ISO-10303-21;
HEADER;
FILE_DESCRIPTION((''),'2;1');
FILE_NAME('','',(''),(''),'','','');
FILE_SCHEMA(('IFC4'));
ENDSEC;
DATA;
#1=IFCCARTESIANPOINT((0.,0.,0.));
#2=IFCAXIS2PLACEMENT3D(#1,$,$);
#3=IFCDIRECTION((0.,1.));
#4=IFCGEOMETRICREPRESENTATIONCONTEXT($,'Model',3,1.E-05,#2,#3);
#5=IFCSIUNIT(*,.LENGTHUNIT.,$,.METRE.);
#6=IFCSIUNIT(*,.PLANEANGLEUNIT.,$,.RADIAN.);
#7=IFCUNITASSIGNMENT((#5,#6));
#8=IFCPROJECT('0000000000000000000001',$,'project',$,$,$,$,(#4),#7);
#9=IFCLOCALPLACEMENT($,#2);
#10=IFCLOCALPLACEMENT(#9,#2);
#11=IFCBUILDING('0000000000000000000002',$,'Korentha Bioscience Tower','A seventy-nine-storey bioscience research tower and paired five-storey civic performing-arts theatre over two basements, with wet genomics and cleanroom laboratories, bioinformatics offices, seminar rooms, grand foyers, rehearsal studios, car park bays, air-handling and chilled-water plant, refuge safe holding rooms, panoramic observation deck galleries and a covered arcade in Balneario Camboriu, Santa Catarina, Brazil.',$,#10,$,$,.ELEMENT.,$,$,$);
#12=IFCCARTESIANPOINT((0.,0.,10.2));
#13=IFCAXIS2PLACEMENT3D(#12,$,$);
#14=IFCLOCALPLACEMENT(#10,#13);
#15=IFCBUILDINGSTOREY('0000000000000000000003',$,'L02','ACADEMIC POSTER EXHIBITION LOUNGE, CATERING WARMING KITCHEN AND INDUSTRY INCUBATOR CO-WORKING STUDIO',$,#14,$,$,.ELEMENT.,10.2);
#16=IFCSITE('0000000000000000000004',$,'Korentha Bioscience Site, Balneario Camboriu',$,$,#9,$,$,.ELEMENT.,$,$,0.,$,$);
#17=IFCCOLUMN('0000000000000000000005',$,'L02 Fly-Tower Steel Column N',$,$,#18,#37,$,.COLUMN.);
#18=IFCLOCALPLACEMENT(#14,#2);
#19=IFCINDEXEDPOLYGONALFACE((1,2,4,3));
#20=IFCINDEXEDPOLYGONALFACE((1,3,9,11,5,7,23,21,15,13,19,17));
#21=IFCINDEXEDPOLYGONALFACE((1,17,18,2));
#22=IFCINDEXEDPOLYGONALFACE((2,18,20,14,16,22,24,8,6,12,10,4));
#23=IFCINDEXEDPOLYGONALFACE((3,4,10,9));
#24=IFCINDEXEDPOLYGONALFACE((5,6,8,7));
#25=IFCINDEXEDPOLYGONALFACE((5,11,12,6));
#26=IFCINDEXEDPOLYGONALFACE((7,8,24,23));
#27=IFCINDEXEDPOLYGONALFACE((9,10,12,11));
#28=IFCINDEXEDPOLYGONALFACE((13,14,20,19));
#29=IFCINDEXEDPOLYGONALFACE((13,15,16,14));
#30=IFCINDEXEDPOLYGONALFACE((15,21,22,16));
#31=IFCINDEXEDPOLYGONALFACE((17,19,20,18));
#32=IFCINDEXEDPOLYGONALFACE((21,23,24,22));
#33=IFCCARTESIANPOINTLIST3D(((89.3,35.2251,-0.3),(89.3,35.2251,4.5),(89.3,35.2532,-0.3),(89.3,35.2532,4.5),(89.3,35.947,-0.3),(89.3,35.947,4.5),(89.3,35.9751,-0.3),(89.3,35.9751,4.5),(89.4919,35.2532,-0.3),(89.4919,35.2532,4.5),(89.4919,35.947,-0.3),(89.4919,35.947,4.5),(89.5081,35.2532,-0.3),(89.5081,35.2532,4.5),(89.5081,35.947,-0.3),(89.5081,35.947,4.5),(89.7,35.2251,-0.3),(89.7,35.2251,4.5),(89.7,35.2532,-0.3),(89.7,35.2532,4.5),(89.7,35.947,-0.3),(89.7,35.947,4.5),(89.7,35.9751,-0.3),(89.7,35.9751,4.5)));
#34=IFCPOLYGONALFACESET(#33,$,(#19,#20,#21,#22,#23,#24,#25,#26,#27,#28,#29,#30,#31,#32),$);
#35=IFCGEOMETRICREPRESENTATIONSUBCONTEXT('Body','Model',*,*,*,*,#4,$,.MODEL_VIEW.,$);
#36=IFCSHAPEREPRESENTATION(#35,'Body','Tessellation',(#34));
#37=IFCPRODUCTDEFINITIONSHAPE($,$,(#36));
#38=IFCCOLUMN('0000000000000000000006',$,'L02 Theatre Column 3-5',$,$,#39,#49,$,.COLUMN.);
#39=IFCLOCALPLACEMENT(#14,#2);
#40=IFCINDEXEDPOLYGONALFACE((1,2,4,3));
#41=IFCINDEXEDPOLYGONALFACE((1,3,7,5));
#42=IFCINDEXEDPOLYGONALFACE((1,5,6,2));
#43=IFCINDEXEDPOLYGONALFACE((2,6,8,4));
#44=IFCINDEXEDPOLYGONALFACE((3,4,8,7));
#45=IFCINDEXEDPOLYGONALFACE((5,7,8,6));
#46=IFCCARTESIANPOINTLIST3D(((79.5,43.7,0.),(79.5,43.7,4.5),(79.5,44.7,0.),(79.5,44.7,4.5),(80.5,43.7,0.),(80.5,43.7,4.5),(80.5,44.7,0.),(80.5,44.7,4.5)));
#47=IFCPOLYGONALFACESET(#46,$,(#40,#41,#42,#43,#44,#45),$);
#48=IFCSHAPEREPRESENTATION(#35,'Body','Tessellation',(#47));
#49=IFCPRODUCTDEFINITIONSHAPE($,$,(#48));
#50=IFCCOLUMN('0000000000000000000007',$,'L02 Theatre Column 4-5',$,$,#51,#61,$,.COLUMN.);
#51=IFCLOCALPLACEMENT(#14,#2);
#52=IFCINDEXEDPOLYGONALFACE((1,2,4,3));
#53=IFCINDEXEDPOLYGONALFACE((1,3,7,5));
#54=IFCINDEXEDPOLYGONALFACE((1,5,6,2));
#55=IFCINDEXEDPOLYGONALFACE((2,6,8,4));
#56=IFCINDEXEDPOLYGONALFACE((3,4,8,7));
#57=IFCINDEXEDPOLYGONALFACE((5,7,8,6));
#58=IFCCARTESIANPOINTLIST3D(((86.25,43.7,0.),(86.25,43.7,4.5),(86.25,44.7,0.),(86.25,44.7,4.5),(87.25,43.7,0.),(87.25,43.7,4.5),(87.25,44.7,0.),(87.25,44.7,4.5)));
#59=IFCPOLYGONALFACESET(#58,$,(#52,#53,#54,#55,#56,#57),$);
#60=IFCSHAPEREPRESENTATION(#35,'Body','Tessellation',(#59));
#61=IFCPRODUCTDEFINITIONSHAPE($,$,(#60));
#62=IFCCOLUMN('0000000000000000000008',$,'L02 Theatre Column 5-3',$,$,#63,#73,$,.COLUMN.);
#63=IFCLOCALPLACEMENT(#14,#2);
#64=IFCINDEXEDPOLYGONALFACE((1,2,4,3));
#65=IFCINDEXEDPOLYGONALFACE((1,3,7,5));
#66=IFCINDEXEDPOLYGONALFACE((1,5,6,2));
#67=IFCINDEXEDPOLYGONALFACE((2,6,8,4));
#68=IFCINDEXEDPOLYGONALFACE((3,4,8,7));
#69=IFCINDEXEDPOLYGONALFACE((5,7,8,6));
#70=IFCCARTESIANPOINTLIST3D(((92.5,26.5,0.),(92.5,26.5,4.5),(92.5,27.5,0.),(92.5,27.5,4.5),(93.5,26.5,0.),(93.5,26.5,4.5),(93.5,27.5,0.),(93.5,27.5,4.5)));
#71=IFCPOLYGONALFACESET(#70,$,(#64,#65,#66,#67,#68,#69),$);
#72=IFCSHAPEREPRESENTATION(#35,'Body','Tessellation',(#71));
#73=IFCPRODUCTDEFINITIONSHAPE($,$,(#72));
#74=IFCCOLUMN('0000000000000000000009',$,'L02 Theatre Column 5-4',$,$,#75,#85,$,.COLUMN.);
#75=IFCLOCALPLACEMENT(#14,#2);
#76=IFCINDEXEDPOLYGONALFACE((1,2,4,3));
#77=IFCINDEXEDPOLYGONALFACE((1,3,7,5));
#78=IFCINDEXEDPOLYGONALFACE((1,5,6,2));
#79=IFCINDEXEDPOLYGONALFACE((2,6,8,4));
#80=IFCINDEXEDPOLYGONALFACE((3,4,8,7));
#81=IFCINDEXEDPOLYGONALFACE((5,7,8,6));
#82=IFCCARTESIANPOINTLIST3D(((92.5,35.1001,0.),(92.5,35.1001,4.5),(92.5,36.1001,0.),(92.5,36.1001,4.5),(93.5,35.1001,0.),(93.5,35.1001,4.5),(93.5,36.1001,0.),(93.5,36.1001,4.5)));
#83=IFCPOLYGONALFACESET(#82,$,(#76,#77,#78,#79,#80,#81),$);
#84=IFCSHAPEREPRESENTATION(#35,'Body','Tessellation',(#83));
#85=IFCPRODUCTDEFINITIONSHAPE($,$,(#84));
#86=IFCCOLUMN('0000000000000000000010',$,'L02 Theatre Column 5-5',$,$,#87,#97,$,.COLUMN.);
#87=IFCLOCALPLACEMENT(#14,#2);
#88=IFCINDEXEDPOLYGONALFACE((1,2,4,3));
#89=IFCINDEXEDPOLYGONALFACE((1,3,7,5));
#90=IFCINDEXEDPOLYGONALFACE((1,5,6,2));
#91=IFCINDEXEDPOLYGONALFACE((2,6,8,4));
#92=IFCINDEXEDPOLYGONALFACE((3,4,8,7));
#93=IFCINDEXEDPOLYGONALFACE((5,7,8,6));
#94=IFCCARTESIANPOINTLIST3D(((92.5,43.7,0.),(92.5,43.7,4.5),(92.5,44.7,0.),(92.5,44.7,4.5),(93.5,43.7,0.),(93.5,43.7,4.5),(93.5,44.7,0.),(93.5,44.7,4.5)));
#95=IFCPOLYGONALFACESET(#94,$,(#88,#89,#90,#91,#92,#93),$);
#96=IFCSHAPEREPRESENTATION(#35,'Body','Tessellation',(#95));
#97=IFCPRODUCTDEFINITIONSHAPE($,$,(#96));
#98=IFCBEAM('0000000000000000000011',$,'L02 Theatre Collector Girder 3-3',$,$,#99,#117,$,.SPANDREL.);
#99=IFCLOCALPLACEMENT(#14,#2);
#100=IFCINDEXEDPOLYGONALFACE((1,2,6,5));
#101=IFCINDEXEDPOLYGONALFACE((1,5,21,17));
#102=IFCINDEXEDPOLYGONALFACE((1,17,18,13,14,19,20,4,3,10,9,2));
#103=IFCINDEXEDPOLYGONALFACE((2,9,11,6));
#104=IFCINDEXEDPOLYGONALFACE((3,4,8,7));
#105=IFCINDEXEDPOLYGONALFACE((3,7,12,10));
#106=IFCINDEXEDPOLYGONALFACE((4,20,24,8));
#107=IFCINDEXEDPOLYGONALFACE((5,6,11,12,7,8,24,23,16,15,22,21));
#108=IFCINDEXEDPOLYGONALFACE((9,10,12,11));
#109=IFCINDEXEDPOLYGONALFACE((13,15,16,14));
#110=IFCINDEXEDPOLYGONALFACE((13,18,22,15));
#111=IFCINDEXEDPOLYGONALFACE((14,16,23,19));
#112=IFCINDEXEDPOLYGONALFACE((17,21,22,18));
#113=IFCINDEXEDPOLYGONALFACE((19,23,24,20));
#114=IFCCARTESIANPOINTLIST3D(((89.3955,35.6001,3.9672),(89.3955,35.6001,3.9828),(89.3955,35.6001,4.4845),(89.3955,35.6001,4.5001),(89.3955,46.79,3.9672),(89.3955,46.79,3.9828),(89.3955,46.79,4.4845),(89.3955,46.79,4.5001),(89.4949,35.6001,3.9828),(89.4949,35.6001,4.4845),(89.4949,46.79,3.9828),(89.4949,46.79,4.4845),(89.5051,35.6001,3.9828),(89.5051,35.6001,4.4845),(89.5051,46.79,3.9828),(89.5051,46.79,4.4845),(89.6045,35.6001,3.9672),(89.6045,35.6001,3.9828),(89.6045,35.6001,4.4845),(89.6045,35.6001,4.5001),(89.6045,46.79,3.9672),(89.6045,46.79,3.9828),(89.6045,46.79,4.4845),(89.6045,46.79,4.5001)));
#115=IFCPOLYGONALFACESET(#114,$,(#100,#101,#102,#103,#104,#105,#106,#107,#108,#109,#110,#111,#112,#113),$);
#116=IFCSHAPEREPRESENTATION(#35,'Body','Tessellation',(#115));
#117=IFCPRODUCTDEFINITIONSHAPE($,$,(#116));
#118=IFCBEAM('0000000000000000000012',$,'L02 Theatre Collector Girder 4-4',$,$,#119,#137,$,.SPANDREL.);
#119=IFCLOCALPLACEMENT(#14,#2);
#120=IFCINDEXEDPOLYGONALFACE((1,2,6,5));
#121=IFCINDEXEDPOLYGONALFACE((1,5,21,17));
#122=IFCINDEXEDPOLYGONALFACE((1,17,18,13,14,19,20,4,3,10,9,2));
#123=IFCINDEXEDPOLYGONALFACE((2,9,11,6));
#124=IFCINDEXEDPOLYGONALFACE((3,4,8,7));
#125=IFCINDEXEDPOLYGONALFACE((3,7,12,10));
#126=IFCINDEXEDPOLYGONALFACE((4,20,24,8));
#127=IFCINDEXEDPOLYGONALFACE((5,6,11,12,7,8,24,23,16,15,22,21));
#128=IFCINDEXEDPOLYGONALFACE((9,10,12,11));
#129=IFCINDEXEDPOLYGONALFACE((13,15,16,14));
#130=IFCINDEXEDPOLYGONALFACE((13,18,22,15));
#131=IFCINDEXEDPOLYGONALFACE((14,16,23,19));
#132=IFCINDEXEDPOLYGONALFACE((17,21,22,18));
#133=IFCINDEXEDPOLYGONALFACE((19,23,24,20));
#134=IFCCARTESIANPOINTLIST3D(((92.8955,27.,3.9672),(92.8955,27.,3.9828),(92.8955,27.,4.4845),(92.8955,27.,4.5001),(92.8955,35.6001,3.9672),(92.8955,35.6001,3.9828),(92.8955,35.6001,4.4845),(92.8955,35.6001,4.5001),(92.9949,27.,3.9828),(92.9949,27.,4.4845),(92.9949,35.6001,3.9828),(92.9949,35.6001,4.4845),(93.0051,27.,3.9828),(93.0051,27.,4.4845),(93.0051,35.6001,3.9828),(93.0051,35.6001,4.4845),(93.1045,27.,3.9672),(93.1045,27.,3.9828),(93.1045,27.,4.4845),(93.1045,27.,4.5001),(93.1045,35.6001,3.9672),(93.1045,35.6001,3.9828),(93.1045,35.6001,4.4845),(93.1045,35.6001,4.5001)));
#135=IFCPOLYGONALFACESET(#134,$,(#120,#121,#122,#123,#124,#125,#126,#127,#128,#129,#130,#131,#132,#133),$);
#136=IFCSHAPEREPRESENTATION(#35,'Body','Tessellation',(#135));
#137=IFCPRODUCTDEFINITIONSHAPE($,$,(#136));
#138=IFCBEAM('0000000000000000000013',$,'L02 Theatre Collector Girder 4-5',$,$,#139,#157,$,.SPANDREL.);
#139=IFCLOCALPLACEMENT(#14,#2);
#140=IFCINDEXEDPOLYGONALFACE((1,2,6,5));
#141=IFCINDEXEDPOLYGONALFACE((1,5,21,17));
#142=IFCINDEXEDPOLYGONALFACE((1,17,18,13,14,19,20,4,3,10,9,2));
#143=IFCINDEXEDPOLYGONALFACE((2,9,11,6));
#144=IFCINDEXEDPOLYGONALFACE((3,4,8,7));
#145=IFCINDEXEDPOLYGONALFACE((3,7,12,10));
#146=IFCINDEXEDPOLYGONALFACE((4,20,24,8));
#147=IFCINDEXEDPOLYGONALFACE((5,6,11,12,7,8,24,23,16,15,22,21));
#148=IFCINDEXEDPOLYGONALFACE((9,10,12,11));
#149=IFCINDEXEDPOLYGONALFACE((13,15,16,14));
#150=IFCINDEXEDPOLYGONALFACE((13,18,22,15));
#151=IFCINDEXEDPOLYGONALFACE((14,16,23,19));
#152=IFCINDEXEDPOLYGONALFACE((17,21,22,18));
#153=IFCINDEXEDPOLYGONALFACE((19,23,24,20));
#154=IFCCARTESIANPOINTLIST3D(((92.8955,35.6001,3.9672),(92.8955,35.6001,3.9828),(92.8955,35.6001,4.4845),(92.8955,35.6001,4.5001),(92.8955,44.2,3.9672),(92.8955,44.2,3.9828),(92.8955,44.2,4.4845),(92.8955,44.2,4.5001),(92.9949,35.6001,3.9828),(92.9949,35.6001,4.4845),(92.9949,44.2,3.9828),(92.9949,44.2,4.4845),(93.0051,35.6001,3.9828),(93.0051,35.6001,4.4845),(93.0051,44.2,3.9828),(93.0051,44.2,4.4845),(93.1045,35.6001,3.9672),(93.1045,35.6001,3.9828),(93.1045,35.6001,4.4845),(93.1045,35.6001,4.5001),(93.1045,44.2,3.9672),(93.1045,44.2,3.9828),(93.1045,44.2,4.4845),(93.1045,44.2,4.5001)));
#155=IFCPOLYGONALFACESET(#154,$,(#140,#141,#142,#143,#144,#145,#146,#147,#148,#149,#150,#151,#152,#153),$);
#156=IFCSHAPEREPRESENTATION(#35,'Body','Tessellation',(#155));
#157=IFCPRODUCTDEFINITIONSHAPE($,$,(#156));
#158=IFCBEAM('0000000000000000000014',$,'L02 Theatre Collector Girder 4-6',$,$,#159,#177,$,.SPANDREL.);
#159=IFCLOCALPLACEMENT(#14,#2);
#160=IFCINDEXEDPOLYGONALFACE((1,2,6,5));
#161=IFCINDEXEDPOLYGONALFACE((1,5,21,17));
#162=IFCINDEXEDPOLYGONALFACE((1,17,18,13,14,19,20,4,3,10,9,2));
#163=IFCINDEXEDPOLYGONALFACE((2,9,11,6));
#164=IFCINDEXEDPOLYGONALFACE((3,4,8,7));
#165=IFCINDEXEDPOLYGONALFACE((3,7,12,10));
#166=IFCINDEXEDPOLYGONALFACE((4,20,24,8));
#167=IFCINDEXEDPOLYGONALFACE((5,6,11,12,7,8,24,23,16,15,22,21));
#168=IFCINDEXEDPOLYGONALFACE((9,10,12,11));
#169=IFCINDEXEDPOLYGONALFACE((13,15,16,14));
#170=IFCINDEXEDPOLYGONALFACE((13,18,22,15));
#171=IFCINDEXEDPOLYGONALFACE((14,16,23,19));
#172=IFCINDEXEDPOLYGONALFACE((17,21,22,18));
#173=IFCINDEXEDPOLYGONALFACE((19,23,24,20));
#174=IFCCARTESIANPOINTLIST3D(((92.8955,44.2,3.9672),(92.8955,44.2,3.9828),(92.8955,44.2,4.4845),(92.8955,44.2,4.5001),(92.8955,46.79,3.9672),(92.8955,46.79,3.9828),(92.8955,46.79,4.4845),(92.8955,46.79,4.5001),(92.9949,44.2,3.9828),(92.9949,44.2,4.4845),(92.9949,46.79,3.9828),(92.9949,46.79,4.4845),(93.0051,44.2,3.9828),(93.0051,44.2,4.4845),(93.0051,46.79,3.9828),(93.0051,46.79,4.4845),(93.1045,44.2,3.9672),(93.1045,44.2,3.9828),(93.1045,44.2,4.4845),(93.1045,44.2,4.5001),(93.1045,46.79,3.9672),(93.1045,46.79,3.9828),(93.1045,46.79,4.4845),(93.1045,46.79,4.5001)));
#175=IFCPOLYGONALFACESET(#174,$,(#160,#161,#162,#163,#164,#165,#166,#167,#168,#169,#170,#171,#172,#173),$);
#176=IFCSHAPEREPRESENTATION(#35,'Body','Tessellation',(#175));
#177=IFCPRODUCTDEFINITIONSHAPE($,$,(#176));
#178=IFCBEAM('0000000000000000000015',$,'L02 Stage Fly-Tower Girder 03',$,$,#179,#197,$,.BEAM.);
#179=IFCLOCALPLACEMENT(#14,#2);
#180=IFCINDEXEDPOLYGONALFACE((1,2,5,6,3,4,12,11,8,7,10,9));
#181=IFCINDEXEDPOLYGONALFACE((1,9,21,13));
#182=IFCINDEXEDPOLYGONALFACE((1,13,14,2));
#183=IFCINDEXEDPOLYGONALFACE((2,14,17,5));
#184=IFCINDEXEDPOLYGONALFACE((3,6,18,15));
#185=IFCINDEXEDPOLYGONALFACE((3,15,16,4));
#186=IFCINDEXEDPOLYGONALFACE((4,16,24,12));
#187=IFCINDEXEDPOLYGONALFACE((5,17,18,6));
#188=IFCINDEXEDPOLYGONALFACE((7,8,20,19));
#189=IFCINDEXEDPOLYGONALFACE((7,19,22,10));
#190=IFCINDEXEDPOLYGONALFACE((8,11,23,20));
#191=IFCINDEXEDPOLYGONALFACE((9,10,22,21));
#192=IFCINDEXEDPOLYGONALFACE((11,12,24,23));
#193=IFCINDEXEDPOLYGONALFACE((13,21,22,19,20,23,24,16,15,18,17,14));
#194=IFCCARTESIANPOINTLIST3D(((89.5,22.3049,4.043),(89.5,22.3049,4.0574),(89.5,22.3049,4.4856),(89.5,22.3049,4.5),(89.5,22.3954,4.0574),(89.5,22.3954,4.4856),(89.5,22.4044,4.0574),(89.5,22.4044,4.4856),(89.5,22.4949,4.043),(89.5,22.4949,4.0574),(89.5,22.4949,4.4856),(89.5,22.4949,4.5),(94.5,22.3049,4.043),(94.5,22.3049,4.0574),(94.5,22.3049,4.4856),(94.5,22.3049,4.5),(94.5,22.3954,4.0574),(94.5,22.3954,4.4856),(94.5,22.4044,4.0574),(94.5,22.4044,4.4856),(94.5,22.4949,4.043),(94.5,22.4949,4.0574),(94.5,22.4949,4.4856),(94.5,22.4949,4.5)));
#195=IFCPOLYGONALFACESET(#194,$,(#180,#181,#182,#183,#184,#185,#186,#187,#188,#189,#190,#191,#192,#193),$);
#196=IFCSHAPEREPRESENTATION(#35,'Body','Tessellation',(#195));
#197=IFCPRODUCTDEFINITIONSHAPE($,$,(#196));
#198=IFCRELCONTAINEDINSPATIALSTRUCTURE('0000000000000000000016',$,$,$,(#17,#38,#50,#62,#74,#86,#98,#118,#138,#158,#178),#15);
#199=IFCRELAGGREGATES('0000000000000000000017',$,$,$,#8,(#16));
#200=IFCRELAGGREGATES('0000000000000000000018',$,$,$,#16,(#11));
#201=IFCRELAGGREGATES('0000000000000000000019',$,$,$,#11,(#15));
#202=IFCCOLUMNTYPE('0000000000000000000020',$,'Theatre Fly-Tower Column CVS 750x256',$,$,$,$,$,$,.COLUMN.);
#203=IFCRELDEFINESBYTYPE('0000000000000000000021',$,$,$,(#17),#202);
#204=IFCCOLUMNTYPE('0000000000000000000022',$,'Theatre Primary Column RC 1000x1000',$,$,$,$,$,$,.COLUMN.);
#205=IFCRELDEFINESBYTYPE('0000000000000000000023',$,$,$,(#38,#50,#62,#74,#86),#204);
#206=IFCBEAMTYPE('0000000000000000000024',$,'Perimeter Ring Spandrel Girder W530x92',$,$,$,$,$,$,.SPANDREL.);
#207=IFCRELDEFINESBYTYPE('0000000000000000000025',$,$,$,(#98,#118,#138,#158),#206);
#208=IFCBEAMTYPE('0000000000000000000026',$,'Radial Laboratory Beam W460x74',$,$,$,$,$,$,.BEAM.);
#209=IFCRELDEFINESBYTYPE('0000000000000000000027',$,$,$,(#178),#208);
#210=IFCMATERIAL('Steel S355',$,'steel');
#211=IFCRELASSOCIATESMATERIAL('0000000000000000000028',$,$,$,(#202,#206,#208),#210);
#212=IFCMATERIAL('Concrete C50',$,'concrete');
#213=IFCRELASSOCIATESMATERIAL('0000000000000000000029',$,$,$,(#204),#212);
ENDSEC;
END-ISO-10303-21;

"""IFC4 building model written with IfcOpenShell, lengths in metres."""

from ifc_helpers import new_model, si_unit, direction, frame, origin, origin_2d, place, context, subcontext, project, spatial, rectangle, i_section, extrude, material, material_profile, profile_set, type_object, element, save


model = new_model("IFC4")

# Units and contexts
model_context = context("Model", 3, precision=1e-05, world=origin(), true_north=direction((0.0, 1.0)))
body_context = subcontext(model_context, "Body", "Model", "MODEL_VIEW")
ifc_project = project(units=[si_unit("LENGTHUNIT", "METRE"), si_unit("PLANEANGLEUNIT", "RADIAN")], contexts=[model_context])

# Site, building, storey
site_placement = place(None, origin())
site = spatial("IfcSite", under=ifc_project, at=site_placement, Name="Korentha Bioscience Site, Balneario Camboriu", CompositionType="ELEMENT", RefElevation=0.0)
building_placement = place(site_placement, origin())
building = spatial("IfcBuilding", under=site, at=building_placement, Name="Korentha Bioscience Tower", Description="A seventy-nine-storey bioscience research tower and paired five-storey civic performing-arts theatre over two basements, with wet genomics and cleanroom laboratories, bioinformatics offices, seminar rooms, grand foyers, rehearsal studios, car park bays, air-handling and chilled-water plant, refuge safe holding rooms, panoramic observation deck galleries and a covered arcade in Balneario Camboriu, Santa Catarina, Brazil.", CompositionType="ELEMENT")
storey_placement = place(building_placement, frame((0.0, 0.0, 10.2)))
storey = spatial("IfcBuildingStorey", under=building, at=storey_placement, Name="L02", Description="ACADEMIC POSTER EXHIBITION LOUNGE, CATERING WARMING KITCHEN AND INDUSTRY INCUBATOR CO-WORKING STUDIO", CompositionType="ELEMENT", Elevation=10.2)

# Columns
ifc_material_1 = material(Name="Steel S355", Category="steel")
ifc_material_profile_1 = material_profile(ifc_material_1, i_section(OverallWidth=0.3999, OverallDepth=0.75, WebThickness=0.0161, FlangeThickness=0.0281, at=origin_2d()), Name="Steel S355")
ifc_profile_set_1 = profile_set([ifc_material_profile_1], Name="Steel S355 (TC-02)")
column_type_1 = type_object("IfcColumnType", Name="Theatre Fly-Tower Column CVS 750x256", PredefinedType="COLUMN", material=ifc_profile_set_1)
column_placement = place(storey_placement, frame((89.5, 35.6001, -0.3), z_axis=(0.0, 0.0, 1.0), x_axis=(1.0, 0.0, 0.0)))
element("IfcColumn", 1, at=column_placement, inside=storey, type_object=column_type_1, Name="L02 Fly-Tower Steel Column N", PredefinedType="COLUMN", context=body_context, shape_type="SweptSolid", body=[
    extrude(i_section(OverallWidth=0.3999, OverallDepth=0.75, WebThickness=0.0161, FlangeThickness=0.0281, at=origin_2d()), origin(), (0.0, 0.0, 1.0), 4.8),
])
ifc_material_2 = material(Name="Concrete C50", Category="concrete")
ifc_material_profile_2 = material_profile(ifc_material_2, rectangle(XDim=1.0, YDim=1.0, at=origin_2d()), Name="Concrete C50")
ifc_profile_set_2 = profile_set([ifc_material_profile_2], Name="Concrete C50 (TC-01)")
column_type_2 = type_object("IfcColumnType", Name="Theatre Primary Column RC 1000x1000", PredefinedType="COLUMN", material=ifc_profile_set_2)
for number, where, z_axis, x_axis, name in (
    (2, (80.0, 44.2, 0.0), (0.0, 0.0, 1.0), (1.0, 0.0, 0.0), "L02 Theatre Column 3-5"),
    (3, (86.75, 44.2, 0.0), (0.0, 0.0, 1.0), (1.0, 0.0, 0.0), "L02 Theatre Column 4-5"),
    (4, (93.0, 27.0, 0.0), (0.0, 0.0, 1.0), (1.0, 0.0, 0.0), "L02 Theatre Column 5-3"),
    (5, (93.0, 35.6001, 0.0), (0.0, 0.0, 1.0), (1.0, 0.0, 0.0), "L02 Theatre Column 5-4"),
    (6, (93.0, 44.2, 0.0), (0.0, 0.0, 1.0), (1.0, 0.0, 0.0), "L02 Theatre Column 5-5"),
):
    element("IfcColumn", number, at=place(storey_placement, frame(where, z_axis=z_axis, x_axis=x_axis)), inside=storey, type_object=column_type_2, Name=name, PredefinedType="COLUMN", context=body_context, shape_type="SweptSolid", body=[
        extrude(rectangle(XDim=1.0, YDim=1.0, at=origin_2d()), origin(), (0.0, 0.0, 1.0), 4.5),
    ])

# Beams
ifc_material_profile_3 = material_profile(ifc_material_1, i_section(OverallWidth=0.209, OverallDepth=0.533, WebThickness=0.0103, FlangeThickness=0.0156, at=origin_2d()), Name="Steel S355")
ifc_profile_set_3 = profile_set([ifc_material_profile_3], Name="Steel S355 (SB-530)")
beam_type_1 = type_object("IfcBeamType", Name="Perimeter Ring Spandrel Girder W530x92", PredefinedType="SPANDREL", material=ifc_profile_set_3)
beam_1_placement = place(storey_placement, frame((89.5, 35.6001, 4.2336), z_axis=(0.0, 1.0, 0.0), x_axis=(-1.0, 0.0, 0.0)))
element("IfcBeam", 7, at=beam_1_placement, inside=storey, type_object=beam_type_1, Name="L02 Theatre Collector Girder 3-3", PredefinedType="SPANDREL", context=body_context, shape_type="SweptSolid", body=[
    extrude(i_section(OverallWidth=0.209, OverallDepth=0.533, WebThickness=0.0103, FlangeThickness=0.0156, at=origin_2d()), origin(), (0.0, 0.0, 1.0), 11.1899),
])
beam_2_placement = place(storey_placement, frame((93.0, 27.0, 4.2336), z_axis=(0.0, 1.0, 0.0), x_axis=(-1.0, 0.0, 0.0)))
element("IfcBeam", 8, at=beam_2_placement, inside=storey, type_object=beam_type_1, Name="L02 Theatre Collector Girder 4-4", PredefinedType="SPANDREL", context=body_context, shape_type="SweptSolid", body=[
    extrude(i_section(OverallWidth=0.209, OverallDepth=0.533, WebThickness=0.0103, FlangeThickness=0.0156, at=origin_2d()), origin(), (0.0, 0.0, 1.0), 8.6001),
])
beam_3_placement = place(storey_placement, frame((93.0, 35.6001, 4.2336), z_axis=(0.0, 1.0, 0.0), x_axis=(-1.0, 0.0, 0.0)))
element("IfcBeam", 9, at=beam_3_placement, inside=storey, type_object=beam_type_1, Name="L02 Theatre Collector Girder 4-5", PredefinedType="SPANDREL", context=body_context, shape_type="SweptSolid", body=[
    extrude(i_section(OverallWidth=0.209, OverallDepth=0.533, WebThickness=0.0103, FlangeThickness=0.0156, at=origin_2d()), origin(), (0.0, 0.0, 1.0), 8.5999),
])
beam_4_placement = place(storey_placement, frame((93.0, 44.2, 4.2336), z_axis=(0.0, 1.0, 0.0), x_axis=(-1.0, 0.0, 0.0)))
element("IfcBeam", 10, at=beam_4_placement, inside=storey, type_object=beam_type_1, Name="L02 Theatre Collector Girder 4-6", PredefinedType="SPANDREL", context=body_context, shape_type="SweptSolid", body=[
    extrude(i_section(OverallWidth=0.209, OverallDepth=0.533, WebThickness=0.0103, FlangeThickness=0.0156, at=origin_2d()), origin(), (0.0, 0.0, 1.0), 2.5901),
])
ifc_material_profile_4 = material_profile(ifc_material_1, i_section(OverallWidth=0.1899, OverallDepth=0.457, WebThickness=0.009, FlangeThickness=0.0144, at=origin_2d()), Name="Steel S355")
ifc_profile_set_4 = profile_set([ifc_material_profile_4], Name="Steel S355 (RB-460)")
beam_type_2 = type_object("IfcBeamType", Name="Radial Laboratory Beam W460x74", PredefinedType="BEAM", material=ifc_profile_set_4)
for number, where, z_axis, x_axis, name in (
    (11, (89.5, 22.3999, 4.2715), (1.0, 0.0, 0.0), (0.0, 1.0, 0.0), "L02 Stage Fly-Tower Girder 03"),
):
    element("IfcBeam", number, at=place(storey_placement, frame(where, z_axis=z_axis, x_axis=x_axis)), inside=storey, type_object=beam_type_2, Name=name, PredefinedType="BEAM", context=body_context, shape_type="SweptSolid", body=[
        extrude(i_section(OverallWidth=0.1899, OverallDepth=0.457, WebThickness=0.009, FlangeThickness=0.0144, at=origin_2d()), origin(), (0.0, 0.0, 1.0), 5.0),
    ])

save(model, "model.ifc")
